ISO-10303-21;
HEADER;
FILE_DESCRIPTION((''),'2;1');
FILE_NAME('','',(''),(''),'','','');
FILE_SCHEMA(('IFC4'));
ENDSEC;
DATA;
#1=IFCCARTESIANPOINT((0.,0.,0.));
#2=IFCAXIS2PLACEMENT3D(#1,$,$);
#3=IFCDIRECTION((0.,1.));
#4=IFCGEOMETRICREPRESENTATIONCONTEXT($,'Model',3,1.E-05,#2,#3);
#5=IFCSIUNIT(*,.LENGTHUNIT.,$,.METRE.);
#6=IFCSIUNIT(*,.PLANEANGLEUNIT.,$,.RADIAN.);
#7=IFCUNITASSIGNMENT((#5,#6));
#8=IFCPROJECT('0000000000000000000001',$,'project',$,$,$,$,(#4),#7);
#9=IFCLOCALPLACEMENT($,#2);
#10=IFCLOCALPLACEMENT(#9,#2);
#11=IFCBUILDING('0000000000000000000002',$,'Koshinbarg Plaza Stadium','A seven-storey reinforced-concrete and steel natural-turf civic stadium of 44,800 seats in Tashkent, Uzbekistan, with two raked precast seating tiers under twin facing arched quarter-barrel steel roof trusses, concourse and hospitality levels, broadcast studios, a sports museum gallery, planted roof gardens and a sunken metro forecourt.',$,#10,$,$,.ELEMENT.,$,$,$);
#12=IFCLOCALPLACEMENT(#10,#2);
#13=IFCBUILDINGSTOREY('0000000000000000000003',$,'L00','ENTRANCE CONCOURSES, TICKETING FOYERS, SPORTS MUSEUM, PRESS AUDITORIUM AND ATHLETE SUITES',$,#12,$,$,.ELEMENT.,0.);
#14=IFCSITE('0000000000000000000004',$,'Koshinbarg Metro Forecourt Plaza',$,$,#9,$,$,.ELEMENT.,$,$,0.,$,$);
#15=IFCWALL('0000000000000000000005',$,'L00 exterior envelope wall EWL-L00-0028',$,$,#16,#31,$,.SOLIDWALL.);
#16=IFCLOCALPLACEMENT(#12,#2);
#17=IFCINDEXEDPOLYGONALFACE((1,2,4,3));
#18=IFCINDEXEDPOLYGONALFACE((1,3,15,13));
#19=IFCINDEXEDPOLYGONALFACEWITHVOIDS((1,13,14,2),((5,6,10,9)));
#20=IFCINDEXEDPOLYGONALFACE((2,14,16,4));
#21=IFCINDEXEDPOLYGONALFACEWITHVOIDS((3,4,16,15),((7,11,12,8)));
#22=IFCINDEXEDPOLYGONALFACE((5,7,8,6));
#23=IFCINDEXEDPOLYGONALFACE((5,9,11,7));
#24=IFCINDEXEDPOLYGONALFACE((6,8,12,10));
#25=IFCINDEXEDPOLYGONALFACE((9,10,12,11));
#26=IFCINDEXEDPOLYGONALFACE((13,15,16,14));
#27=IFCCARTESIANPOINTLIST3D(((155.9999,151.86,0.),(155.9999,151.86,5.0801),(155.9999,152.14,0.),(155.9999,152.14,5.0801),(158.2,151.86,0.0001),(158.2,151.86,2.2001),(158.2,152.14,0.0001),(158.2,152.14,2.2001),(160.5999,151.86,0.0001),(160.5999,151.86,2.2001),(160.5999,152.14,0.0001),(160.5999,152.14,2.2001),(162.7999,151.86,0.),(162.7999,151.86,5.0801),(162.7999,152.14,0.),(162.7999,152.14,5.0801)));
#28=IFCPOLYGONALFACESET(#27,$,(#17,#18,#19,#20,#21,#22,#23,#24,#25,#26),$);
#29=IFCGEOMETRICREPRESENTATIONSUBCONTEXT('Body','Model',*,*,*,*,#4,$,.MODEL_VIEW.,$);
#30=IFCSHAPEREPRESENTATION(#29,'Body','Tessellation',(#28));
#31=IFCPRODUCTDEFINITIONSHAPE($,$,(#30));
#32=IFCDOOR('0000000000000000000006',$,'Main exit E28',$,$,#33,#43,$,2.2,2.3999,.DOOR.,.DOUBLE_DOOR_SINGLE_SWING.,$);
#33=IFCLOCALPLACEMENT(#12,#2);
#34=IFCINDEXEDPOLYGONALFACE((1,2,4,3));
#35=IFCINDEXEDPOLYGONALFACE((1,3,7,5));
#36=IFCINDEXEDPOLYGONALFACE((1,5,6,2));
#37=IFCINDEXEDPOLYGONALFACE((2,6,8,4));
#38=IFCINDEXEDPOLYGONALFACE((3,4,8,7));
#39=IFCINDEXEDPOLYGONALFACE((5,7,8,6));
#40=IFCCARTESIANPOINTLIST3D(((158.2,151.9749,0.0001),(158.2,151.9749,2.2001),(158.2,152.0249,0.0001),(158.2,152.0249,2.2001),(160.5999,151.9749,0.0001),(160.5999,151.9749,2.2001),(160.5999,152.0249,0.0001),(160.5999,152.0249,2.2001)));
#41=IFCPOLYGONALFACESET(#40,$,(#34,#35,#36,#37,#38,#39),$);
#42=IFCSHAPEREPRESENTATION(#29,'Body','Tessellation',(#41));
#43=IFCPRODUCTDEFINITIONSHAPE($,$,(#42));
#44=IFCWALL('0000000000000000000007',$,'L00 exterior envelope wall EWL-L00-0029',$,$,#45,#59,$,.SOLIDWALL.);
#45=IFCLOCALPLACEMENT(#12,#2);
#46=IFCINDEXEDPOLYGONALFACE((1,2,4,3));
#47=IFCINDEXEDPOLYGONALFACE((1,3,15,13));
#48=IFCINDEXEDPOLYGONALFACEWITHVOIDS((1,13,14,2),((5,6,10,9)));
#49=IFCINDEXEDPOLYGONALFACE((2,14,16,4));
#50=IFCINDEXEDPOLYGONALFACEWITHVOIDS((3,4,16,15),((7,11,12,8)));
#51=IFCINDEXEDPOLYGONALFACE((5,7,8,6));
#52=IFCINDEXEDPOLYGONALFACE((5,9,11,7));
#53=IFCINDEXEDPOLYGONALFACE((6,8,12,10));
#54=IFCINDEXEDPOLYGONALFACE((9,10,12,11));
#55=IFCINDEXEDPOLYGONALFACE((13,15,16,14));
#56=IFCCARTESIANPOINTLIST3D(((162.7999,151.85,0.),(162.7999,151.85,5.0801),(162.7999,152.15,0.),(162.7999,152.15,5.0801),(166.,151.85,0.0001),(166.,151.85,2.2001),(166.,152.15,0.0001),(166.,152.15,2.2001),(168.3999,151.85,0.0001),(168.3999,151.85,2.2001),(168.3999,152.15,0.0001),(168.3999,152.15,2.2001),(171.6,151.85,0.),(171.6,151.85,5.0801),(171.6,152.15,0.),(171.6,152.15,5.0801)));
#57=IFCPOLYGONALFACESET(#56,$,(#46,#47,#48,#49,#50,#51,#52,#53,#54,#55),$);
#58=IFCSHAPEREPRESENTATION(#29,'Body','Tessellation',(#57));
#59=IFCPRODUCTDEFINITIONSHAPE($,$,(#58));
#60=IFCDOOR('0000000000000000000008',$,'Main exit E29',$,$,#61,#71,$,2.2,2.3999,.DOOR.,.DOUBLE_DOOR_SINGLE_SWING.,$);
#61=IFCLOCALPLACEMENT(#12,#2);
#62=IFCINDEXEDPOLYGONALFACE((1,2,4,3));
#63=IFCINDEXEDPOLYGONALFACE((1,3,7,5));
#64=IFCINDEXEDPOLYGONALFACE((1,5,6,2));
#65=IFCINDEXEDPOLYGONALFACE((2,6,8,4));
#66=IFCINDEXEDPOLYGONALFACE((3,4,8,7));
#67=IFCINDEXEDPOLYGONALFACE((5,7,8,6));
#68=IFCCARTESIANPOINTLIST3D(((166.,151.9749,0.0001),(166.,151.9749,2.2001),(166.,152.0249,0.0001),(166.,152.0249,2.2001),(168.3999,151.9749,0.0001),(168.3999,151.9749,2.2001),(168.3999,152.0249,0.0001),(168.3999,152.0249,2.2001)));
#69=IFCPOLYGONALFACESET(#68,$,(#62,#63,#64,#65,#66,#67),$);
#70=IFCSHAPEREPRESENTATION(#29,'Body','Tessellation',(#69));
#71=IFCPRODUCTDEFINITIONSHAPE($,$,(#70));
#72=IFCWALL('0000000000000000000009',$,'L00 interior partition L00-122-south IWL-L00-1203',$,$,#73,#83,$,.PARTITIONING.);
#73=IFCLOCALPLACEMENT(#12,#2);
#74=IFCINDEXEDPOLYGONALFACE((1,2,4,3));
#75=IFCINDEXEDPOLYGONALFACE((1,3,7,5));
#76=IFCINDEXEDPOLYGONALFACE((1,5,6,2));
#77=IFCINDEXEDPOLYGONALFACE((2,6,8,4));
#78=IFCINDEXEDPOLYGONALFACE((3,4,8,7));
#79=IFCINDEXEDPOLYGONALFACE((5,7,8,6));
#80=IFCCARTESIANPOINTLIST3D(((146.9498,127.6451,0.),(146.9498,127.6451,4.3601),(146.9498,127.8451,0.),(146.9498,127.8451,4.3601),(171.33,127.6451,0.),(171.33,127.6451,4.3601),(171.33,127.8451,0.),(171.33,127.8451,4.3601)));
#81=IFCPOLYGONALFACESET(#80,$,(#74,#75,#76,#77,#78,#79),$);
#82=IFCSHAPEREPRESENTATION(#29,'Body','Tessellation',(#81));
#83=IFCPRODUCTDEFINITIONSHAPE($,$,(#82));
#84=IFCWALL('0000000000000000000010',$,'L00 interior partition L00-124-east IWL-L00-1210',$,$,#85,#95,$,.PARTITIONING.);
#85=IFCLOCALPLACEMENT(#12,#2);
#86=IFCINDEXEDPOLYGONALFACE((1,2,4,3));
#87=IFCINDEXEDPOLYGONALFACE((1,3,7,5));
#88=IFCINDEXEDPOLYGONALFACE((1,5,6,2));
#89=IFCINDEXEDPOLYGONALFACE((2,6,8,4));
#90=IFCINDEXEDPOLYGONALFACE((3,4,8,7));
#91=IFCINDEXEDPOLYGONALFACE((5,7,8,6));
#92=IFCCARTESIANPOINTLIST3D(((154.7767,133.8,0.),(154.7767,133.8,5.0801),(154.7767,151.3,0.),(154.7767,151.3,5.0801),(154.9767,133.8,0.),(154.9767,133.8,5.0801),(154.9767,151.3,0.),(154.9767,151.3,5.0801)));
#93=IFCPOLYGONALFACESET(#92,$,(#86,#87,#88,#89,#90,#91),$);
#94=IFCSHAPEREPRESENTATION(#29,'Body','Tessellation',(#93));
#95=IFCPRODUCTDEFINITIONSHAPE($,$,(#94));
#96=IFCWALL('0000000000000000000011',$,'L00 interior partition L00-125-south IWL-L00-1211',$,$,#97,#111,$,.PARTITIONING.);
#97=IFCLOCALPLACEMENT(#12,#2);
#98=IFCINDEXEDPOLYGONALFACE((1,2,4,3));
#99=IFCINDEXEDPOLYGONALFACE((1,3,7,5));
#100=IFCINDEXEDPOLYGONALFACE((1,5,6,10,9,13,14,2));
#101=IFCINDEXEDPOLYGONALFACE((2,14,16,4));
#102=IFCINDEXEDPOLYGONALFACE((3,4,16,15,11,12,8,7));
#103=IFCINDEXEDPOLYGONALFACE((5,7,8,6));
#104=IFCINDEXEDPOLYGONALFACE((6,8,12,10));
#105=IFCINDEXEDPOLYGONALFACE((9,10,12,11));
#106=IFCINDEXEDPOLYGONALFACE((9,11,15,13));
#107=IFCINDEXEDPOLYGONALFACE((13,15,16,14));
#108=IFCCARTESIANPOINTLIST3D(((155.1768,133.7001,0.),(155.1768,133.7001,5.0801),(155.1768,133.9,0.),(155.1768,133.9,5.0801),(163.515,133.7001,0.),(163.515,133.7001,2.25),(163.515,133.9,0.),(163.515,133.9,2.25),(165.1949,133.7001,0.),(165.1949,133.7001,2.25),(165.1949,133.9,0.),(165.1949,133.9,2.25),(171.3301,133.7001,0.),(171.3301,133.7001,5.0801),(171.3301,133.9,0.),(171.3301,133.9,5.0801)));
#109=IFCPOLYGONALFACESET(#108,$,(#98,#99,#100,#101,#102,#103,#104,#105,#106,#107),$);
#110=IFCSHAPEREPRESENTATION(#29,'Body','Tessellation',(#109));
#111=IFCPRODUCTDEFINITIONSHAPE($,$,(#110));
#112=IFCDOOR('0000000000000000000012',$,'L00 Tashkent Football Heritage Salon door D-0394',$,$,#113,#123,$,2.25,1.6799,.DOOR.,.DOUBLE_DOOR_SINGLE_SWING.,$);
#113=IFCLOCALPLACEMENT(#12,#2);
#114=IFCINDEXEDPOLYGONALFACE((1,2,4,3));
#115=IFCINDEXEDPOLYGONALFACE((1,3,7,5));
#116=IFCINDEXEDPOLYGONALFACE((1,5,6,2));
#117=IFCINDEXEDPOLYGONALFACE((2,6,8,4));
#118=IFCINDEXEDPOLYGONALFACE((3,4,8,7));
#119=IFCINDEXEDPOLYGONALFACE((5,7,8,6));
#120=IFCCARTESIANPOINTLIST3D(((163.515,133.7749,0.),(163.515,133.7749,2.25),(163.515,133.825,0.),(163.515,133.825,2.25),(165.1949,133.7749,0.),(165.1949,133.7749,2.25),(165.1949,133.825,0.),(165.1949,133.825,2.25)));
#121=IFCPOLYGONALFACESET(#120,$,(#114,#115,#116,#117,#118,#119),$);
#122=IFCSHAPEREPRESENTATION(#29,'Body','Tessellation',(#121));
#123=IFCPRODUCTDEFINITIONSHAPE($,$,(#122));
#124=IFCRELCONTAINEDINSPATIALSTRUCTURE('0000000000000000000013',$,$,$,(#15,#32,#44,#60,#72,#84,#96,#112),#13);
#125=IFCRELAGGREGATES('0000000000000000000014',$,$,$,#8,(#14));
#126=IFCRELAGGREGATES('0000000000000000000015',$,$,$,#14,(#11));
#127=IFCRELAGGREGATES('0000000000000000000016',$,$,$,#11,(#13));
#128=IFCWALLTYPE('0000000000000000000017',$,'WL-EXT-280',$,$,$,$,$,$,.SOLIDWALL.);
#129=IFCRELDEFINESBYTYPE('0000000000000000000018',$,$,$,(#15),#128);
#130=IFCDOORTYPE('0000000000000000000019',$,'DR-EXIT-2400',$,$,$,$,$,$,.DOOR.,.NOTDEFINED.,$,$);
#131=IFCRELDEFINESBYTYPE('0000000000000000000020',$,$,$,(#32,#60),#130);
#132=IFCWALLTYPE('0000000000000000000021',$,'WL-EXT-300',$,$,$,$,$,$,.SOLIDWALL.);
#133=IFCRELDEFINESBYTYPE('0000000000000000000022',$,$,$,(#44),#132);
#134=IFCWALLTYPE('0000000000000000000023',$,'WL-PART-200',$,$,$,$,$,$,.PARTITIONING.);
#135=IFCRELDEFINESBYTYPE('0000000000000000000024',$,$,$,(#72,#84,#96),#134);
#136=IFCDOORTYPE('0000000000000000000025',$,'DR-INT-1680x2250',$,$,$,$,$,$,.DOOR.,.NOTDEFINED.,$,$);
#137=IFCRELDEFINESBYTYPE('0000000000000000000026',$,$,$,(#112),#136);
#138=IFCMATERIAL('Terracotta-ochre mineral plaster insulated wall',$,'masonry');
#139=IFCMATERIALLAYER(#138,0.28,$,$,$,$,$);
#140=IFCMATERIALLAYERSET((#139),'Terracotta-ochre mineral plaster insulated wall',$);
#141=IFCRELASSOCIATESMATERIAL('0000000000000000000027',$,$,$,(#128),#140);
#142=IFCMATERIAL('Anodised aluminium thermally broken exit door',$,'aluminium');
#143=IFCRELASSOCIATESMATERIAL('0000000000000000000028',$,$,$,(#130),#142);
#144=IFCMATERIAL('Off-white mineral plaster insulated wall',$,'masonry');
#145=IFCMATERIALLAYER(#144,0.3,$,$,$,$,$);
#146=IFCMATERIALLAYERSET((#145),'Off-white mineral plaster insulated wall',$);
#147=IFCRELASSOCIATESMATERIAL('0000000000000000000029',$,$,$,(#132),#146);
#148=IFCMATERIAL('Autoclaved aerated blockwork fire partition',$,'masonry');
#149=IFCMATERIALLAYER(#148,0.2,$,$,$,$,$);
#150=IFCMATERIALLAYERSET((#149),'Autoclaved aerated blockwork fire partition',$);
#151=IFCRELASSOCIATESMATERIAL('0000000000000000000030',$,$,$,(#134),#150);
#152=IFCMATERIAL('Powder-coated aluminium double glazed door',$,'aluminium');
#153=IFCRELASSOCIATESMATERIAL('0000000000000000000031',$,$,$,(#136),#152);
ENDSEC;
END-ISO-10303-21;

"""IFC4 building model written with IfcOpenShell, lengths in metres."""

from ifc_helpers import new_model, si_unit, direction, frame, frame_2d, origin, place, context, subcontext, project, spatial, rectangle, extrude, material, layer, layer_set, type_object, element, fill, save


model = new_model("IFC4")

# Units and contexts
model_context = context("Model", 3, precision=1e-05, world=origin(), true_north=direction((0.0, 1.0)))
body_context = subcontext(model_context, "Body", "Model", "MODEL_VIEW")
ifc_project = project(units=[si_unit("LENGTHUNIT", "METRE"), si_unit("PLANEANGLEUNIT", "RADIAN")], contexts=[model_context])

# Site, building, storey
site_placement = place(None, origin())
site = spatial("IfcSite", under=ifc_project, at=site_placement, Name="Koshinbarg Metro Forecourt Plaza", CompositionType="ELEMENT", RefElevation=0.0)
building_placement = place(site_placement, origin())
building = spatial("IfcBuilding", under=site, at=building_placement, Name="Koshinbarg Plaza Stadium", Description="A seven-storey reinforced-concrete and steel natural-turf civic stadium of 44,800 seats in Tashkent, Uzbekistan, with two raked precast seating tiers under twin facing arched quarter-barrel steel roof trusses, concourse and hospitality levels, broadcast studios, a sports museum gallery, planted roof gardens and a sunken metro forecourt.", CompositionType="ELEMENT")
storey_placement = place(building_placement, origin())
storey = spatial("IfcBuildingStorey", under=building, at=storey_placement, Name="L00", Description="ENTRANCE CONCOURSES, TICKETING FOYERS, SPORTS MUSEUM, PRESS AUDITORIUM AND ATHLETE SUITES", CompositionType="ELEMENT", Elevation=0.0)

# Walls, openings, doors
ifc_material_1 = material(Name="Terracotta-ochre mineral plaster insulated wall", Category="masonry")
ifc_layer_1 = layer(ifc_material_1, 0.28)
ifc_layer_set_1 = layer_set([ifc_layer_1], Name="Terracotta-ochre mineral plaster insulated wall")
wall_type_1 = type_object("IfcWallType", Name="WL-EXT-280", PredefinedType="SOLIDWALL", material=ifc_layer_set_1)
wall_1_placement = place(storey_placement, frame((156.0, 152.0, 0.0), z_axis=(0.0, 0.0, 1.0), x_axis=(1.0, 0.0, 0.0)))
wall_1 = element("IfcWall", 1, at=wall_1_placement, inside=storey, type_object=wall_type_1, Name="L00 exterior envelope wall EWL-L00-0028", PredefinedType="SOLIDWALL", context=body_context, shape_type="SweptSolid", body=[
    extrude(rectangle(XDim=6.8, YDim=0.28, at=frame_2d((3.3999, 0.0))), origin(), (0.0, 0.0, 1.0), 5.0801),
])
opening_1_placement = place(wall_1_placement, frame((2.2, 0.0, 0.0)))
opening_1 = element("IfcOpeningElement", 2, at=opening_1_placement, cuts=wall_1, PredefinedType="OPENING", context=body_context, shape_type="SweptSolid", body=[
    extrude(rectangle(XDim=2.3999, YDim=2.2, at=frame_2d((1.2, 1.1001))), frame((0.0, 0.1499, 0.0), z_axis=(0.0, -1.0, 0.0), x_axis=(1.0, 0.0, 0.0)), (0.0, 0.0, 1.0), 0.3),
])
ifc_material_2 = material(Name="Anodised aluminium thermally broken exit door", Category="aluminium")
door_type_1 = type_object("IfcDoorType", Name="DR-EXIT-2400", OperationType="NOTDEFINED", PredefinedType="DOOR", material=ifc_material_2)
door_1_placement = place(opening_1_placement, origin())
door_1 = element("IfcDoor", 3, at=door_1_placement, inside=storey, type_object=door_type_1, Name="Main exit E28", OperationType="DOUBLE_DOOR_SINGLE_SWING", OverallHeight=2.2, OverallWidth=2.3999, PredefinedType="DOOR", context=body_context, shape_type="SweptSolid", body=[
    extrude(rectangle(XDim=2.3999, YDim=2.2, at=frame_2d((1.2, 1.1001))), frame((0.0, 0.0249, 0.0), z_axis=(0.0, -1.0, 0.0), x_axis=(1.0, 0.0, 0.0)), (0.0, 0.0, 1.0), 0.05),
])
fill(opening_1, door_1)
ifc_material_3 = material(Name="Off-white mineral plaster insulated wall", Category="masonry")
ifc_layer_2 = layer(ifc_material_3, 0.3)
ifc_layer_set_2 = layer_set([ifc_layer_2], Name="Off-white mineral plaster insulated wall")
wall_type_2 = type_object("IfcWallType", Name="WL-EXT-300", PredefinedType="SOLIDWALL", material=ifc_layer_set_2)
wall_2_placement = place(storey_placement, frame((162.8, 152.0, 0.0), z_axis=(0.0, 0.0, 1.0), x_axis=(1.0, 0.0, 0.0)))
wall_2 = element("IfcWall", 4, at=wall_2_placement, inside=storey, type_object=wall_type_2, Name="L00 exterior envelope wall EWL-L00-0029", PredefinedType="SOLIDWALL", context=body_context, shape_type="SweptSolid", body=[
    extrude(rectangle(XDim=8.8, YDim=0.3, at=frame_2d((4.3999, 0.0))), origin(), (0.0, 0.0, 1.0), 5.0801),
])
opening_2_placement = place(wall_2_placement, frame((3.2, 0.0, 0.0)))
opening_2 = element("IfcOpeningElement", 5, at=opening_2_placement, cuts=wall_2, PredefinedType="OPENING", context=body_context, shape_type="SweptSolid", body=[
    extrude(rectangle(XDim=2.3999, YDim=2.2, at=frame_2d((1.2, 1.1001))), frame((0.0, 0.1599, 0.0), z_axis=(0.0, -1.0, 0.0), x_axis=(1.0, 0.0, 0.0)), (0.0, 0.0, 1.0), 0.3201),
])
door_2_placement = place(opening_2_placement, origin())
door_2 = element("IfcDoor", 6, at=door_2_placement, inside=storey, type_object=door_type_1, Name="Main exit E29", OperationType="DOUBLE_DOOR_SINGLE_SWING", OverallHeight=2.2, OverallWidth=2.3999, PredefinedType="DOOR", context=body_context, shape_type="SweptSolid", body=[
    extrude(rectangle(XDim=2.3999, YDim=2.2, at=frame_2d((1.2, 1.1001))), frame((0.0, 0.0249, 0.0), z_axis=(0.0, -1.0, 0.0), x_axis=(1.0, 0.0, 0.0)), (0.0, 0.0, 1.0), 0.05),
])
fill(opening_2, door_2)

# Walls
ifc_material_4 = material(Name="Autoclaved aerated blockwork fire partition", Category="masonry")
ifc_layer_3 = layer(ifc_material_4, 0.2)
ifc_layer_set_3 = layer_set([ifc_layer_3], Name="Autoclaved aerated blockwork fire partition")
wall_type_3 = type_object("IfcWallType", Name="WL-PART-200", PredefinedType="PARTITIONING", material=ifc_layer_set_3)
wall_3_placement = place(storey_placement, frame((146.95, 127.7451, 0.0), z_axis=(0.0, 0.0, 1.0), x_axis=(1.0, 0.0, 0.0)))
element("IfcWall", 7, at=wall_3_placement, inside=storey, type_object=wall_type_3, Name="L00 interior partition L00-122-south IWL-L00-1203", PredefinedType="PARTITIONING", context=body_context, shape_type="SweptSolid", body=[
    extrude(rectangle(XDim=24.3801, YDim=0.2, at=frame_2d((12.1899, 0.0))), origin(), (0.0, 0.0, 1.0), 4.3601),
])
wall_4_placement = place(storey_placement, frame((154.8767, 133.8, 0.0), z_axis=(0.0, 0.0, 1.0), x_axis=(0.0, 1.0, 0.0)))
element("IfcWall", 8, at=wall_4_placement, inside=storey, type_object=wall_type_3, Name="L00 interior partition L00-124-east IWL-L00-1210", PredefinedType="PARTITIONING", context=body_context, shape_type="SweptSolid", body=[
    extrude(rectangle(XDim=17.5, YDim=0.2, at=frame_2d((8.75, 0.0))), origin(), (0.0, 0.0, 1.0), 5.0801),
])

# Wall, opening, door
wall_5_placement = place(storey_placement, frame((155.1768, 133.8, 0.0), z_axis=(0.0, 0.0, 1.0), x_axis=(1.0, 0.0, 0.0)))
wall_5 = element("IfcWall", 9, at=wall_5_placement, inside=storey, type_object=wall_type_3, Name="L00 interior partition L00-125-south IWL-L00-1211", PredefinedType="PARTITIONING", context=body_context, shape_type="SweptSolid", body=[
    extrude(rectangle(XDim=16.1533, YDim=0.2, at=frame_2d((8.0767, 0.0))), origin(), (0.0, 0.0, 1.0), 5.0801),
])
opening_3_placement = place(wall_5_placement, frame((8.3384, 0.0, 0.0)))
opening_3 = element("IfcOpeningElement", 10, at=opening_3_placement, cuts=wall_5, PredefinedType="OPENING", context=body_context, shape_type="SweptSolid", body=[
    extrude(rectangle(XDim=1.6799, YDim=2.25, at=frame_2d((0.8398, 1.125))), frame((0.0, 0.1099, 0.0), z_axis=(0.0, -1.0, 0.0), x_axis=(1.0, 0.0, 0.0)), (0.0, 0.0, 1.0), 0.22),
])
ifc_material_5 = material(Name="Powder-coated aluminium double glazed door", Category="aluminium")
door_type_2 = type_object("IfcDoorType", Name="DR-INT-1680x2250", OperationType="NOTDEFINED", PredefinedType="DOOR", material=ifc_material_5)
door_3_placement = place(opening_3_placement, origin())
door_3 = element("IfcDoor", 11, at=door_3_placement, inside=storey, type_object=door_type_2, Name="L00 Tashkent Football Heritage Salon door D-0394", OperationType="DOUBLE_DOOR_SINGLE_SWING", OverallHeight=2.25, OverallWidth=1.6799, PredefinedType="DOOR", context=body_context, shape_type="SweptSolid", body=[
    extrude(rectangle(XDim=1.6799, YDim=2.25, at=frame_2d((0.8398, 1.125))), frame((0.0, 0.0249, 0.0), z_axis=(0.0, -1.0, 0.0), x_axis=(1.0, 0.0, 0.0)), (0.0, 0.0, 1.0), 0.05),
])
fill(opening_3, door_3)

save(model, "model.ifc")
